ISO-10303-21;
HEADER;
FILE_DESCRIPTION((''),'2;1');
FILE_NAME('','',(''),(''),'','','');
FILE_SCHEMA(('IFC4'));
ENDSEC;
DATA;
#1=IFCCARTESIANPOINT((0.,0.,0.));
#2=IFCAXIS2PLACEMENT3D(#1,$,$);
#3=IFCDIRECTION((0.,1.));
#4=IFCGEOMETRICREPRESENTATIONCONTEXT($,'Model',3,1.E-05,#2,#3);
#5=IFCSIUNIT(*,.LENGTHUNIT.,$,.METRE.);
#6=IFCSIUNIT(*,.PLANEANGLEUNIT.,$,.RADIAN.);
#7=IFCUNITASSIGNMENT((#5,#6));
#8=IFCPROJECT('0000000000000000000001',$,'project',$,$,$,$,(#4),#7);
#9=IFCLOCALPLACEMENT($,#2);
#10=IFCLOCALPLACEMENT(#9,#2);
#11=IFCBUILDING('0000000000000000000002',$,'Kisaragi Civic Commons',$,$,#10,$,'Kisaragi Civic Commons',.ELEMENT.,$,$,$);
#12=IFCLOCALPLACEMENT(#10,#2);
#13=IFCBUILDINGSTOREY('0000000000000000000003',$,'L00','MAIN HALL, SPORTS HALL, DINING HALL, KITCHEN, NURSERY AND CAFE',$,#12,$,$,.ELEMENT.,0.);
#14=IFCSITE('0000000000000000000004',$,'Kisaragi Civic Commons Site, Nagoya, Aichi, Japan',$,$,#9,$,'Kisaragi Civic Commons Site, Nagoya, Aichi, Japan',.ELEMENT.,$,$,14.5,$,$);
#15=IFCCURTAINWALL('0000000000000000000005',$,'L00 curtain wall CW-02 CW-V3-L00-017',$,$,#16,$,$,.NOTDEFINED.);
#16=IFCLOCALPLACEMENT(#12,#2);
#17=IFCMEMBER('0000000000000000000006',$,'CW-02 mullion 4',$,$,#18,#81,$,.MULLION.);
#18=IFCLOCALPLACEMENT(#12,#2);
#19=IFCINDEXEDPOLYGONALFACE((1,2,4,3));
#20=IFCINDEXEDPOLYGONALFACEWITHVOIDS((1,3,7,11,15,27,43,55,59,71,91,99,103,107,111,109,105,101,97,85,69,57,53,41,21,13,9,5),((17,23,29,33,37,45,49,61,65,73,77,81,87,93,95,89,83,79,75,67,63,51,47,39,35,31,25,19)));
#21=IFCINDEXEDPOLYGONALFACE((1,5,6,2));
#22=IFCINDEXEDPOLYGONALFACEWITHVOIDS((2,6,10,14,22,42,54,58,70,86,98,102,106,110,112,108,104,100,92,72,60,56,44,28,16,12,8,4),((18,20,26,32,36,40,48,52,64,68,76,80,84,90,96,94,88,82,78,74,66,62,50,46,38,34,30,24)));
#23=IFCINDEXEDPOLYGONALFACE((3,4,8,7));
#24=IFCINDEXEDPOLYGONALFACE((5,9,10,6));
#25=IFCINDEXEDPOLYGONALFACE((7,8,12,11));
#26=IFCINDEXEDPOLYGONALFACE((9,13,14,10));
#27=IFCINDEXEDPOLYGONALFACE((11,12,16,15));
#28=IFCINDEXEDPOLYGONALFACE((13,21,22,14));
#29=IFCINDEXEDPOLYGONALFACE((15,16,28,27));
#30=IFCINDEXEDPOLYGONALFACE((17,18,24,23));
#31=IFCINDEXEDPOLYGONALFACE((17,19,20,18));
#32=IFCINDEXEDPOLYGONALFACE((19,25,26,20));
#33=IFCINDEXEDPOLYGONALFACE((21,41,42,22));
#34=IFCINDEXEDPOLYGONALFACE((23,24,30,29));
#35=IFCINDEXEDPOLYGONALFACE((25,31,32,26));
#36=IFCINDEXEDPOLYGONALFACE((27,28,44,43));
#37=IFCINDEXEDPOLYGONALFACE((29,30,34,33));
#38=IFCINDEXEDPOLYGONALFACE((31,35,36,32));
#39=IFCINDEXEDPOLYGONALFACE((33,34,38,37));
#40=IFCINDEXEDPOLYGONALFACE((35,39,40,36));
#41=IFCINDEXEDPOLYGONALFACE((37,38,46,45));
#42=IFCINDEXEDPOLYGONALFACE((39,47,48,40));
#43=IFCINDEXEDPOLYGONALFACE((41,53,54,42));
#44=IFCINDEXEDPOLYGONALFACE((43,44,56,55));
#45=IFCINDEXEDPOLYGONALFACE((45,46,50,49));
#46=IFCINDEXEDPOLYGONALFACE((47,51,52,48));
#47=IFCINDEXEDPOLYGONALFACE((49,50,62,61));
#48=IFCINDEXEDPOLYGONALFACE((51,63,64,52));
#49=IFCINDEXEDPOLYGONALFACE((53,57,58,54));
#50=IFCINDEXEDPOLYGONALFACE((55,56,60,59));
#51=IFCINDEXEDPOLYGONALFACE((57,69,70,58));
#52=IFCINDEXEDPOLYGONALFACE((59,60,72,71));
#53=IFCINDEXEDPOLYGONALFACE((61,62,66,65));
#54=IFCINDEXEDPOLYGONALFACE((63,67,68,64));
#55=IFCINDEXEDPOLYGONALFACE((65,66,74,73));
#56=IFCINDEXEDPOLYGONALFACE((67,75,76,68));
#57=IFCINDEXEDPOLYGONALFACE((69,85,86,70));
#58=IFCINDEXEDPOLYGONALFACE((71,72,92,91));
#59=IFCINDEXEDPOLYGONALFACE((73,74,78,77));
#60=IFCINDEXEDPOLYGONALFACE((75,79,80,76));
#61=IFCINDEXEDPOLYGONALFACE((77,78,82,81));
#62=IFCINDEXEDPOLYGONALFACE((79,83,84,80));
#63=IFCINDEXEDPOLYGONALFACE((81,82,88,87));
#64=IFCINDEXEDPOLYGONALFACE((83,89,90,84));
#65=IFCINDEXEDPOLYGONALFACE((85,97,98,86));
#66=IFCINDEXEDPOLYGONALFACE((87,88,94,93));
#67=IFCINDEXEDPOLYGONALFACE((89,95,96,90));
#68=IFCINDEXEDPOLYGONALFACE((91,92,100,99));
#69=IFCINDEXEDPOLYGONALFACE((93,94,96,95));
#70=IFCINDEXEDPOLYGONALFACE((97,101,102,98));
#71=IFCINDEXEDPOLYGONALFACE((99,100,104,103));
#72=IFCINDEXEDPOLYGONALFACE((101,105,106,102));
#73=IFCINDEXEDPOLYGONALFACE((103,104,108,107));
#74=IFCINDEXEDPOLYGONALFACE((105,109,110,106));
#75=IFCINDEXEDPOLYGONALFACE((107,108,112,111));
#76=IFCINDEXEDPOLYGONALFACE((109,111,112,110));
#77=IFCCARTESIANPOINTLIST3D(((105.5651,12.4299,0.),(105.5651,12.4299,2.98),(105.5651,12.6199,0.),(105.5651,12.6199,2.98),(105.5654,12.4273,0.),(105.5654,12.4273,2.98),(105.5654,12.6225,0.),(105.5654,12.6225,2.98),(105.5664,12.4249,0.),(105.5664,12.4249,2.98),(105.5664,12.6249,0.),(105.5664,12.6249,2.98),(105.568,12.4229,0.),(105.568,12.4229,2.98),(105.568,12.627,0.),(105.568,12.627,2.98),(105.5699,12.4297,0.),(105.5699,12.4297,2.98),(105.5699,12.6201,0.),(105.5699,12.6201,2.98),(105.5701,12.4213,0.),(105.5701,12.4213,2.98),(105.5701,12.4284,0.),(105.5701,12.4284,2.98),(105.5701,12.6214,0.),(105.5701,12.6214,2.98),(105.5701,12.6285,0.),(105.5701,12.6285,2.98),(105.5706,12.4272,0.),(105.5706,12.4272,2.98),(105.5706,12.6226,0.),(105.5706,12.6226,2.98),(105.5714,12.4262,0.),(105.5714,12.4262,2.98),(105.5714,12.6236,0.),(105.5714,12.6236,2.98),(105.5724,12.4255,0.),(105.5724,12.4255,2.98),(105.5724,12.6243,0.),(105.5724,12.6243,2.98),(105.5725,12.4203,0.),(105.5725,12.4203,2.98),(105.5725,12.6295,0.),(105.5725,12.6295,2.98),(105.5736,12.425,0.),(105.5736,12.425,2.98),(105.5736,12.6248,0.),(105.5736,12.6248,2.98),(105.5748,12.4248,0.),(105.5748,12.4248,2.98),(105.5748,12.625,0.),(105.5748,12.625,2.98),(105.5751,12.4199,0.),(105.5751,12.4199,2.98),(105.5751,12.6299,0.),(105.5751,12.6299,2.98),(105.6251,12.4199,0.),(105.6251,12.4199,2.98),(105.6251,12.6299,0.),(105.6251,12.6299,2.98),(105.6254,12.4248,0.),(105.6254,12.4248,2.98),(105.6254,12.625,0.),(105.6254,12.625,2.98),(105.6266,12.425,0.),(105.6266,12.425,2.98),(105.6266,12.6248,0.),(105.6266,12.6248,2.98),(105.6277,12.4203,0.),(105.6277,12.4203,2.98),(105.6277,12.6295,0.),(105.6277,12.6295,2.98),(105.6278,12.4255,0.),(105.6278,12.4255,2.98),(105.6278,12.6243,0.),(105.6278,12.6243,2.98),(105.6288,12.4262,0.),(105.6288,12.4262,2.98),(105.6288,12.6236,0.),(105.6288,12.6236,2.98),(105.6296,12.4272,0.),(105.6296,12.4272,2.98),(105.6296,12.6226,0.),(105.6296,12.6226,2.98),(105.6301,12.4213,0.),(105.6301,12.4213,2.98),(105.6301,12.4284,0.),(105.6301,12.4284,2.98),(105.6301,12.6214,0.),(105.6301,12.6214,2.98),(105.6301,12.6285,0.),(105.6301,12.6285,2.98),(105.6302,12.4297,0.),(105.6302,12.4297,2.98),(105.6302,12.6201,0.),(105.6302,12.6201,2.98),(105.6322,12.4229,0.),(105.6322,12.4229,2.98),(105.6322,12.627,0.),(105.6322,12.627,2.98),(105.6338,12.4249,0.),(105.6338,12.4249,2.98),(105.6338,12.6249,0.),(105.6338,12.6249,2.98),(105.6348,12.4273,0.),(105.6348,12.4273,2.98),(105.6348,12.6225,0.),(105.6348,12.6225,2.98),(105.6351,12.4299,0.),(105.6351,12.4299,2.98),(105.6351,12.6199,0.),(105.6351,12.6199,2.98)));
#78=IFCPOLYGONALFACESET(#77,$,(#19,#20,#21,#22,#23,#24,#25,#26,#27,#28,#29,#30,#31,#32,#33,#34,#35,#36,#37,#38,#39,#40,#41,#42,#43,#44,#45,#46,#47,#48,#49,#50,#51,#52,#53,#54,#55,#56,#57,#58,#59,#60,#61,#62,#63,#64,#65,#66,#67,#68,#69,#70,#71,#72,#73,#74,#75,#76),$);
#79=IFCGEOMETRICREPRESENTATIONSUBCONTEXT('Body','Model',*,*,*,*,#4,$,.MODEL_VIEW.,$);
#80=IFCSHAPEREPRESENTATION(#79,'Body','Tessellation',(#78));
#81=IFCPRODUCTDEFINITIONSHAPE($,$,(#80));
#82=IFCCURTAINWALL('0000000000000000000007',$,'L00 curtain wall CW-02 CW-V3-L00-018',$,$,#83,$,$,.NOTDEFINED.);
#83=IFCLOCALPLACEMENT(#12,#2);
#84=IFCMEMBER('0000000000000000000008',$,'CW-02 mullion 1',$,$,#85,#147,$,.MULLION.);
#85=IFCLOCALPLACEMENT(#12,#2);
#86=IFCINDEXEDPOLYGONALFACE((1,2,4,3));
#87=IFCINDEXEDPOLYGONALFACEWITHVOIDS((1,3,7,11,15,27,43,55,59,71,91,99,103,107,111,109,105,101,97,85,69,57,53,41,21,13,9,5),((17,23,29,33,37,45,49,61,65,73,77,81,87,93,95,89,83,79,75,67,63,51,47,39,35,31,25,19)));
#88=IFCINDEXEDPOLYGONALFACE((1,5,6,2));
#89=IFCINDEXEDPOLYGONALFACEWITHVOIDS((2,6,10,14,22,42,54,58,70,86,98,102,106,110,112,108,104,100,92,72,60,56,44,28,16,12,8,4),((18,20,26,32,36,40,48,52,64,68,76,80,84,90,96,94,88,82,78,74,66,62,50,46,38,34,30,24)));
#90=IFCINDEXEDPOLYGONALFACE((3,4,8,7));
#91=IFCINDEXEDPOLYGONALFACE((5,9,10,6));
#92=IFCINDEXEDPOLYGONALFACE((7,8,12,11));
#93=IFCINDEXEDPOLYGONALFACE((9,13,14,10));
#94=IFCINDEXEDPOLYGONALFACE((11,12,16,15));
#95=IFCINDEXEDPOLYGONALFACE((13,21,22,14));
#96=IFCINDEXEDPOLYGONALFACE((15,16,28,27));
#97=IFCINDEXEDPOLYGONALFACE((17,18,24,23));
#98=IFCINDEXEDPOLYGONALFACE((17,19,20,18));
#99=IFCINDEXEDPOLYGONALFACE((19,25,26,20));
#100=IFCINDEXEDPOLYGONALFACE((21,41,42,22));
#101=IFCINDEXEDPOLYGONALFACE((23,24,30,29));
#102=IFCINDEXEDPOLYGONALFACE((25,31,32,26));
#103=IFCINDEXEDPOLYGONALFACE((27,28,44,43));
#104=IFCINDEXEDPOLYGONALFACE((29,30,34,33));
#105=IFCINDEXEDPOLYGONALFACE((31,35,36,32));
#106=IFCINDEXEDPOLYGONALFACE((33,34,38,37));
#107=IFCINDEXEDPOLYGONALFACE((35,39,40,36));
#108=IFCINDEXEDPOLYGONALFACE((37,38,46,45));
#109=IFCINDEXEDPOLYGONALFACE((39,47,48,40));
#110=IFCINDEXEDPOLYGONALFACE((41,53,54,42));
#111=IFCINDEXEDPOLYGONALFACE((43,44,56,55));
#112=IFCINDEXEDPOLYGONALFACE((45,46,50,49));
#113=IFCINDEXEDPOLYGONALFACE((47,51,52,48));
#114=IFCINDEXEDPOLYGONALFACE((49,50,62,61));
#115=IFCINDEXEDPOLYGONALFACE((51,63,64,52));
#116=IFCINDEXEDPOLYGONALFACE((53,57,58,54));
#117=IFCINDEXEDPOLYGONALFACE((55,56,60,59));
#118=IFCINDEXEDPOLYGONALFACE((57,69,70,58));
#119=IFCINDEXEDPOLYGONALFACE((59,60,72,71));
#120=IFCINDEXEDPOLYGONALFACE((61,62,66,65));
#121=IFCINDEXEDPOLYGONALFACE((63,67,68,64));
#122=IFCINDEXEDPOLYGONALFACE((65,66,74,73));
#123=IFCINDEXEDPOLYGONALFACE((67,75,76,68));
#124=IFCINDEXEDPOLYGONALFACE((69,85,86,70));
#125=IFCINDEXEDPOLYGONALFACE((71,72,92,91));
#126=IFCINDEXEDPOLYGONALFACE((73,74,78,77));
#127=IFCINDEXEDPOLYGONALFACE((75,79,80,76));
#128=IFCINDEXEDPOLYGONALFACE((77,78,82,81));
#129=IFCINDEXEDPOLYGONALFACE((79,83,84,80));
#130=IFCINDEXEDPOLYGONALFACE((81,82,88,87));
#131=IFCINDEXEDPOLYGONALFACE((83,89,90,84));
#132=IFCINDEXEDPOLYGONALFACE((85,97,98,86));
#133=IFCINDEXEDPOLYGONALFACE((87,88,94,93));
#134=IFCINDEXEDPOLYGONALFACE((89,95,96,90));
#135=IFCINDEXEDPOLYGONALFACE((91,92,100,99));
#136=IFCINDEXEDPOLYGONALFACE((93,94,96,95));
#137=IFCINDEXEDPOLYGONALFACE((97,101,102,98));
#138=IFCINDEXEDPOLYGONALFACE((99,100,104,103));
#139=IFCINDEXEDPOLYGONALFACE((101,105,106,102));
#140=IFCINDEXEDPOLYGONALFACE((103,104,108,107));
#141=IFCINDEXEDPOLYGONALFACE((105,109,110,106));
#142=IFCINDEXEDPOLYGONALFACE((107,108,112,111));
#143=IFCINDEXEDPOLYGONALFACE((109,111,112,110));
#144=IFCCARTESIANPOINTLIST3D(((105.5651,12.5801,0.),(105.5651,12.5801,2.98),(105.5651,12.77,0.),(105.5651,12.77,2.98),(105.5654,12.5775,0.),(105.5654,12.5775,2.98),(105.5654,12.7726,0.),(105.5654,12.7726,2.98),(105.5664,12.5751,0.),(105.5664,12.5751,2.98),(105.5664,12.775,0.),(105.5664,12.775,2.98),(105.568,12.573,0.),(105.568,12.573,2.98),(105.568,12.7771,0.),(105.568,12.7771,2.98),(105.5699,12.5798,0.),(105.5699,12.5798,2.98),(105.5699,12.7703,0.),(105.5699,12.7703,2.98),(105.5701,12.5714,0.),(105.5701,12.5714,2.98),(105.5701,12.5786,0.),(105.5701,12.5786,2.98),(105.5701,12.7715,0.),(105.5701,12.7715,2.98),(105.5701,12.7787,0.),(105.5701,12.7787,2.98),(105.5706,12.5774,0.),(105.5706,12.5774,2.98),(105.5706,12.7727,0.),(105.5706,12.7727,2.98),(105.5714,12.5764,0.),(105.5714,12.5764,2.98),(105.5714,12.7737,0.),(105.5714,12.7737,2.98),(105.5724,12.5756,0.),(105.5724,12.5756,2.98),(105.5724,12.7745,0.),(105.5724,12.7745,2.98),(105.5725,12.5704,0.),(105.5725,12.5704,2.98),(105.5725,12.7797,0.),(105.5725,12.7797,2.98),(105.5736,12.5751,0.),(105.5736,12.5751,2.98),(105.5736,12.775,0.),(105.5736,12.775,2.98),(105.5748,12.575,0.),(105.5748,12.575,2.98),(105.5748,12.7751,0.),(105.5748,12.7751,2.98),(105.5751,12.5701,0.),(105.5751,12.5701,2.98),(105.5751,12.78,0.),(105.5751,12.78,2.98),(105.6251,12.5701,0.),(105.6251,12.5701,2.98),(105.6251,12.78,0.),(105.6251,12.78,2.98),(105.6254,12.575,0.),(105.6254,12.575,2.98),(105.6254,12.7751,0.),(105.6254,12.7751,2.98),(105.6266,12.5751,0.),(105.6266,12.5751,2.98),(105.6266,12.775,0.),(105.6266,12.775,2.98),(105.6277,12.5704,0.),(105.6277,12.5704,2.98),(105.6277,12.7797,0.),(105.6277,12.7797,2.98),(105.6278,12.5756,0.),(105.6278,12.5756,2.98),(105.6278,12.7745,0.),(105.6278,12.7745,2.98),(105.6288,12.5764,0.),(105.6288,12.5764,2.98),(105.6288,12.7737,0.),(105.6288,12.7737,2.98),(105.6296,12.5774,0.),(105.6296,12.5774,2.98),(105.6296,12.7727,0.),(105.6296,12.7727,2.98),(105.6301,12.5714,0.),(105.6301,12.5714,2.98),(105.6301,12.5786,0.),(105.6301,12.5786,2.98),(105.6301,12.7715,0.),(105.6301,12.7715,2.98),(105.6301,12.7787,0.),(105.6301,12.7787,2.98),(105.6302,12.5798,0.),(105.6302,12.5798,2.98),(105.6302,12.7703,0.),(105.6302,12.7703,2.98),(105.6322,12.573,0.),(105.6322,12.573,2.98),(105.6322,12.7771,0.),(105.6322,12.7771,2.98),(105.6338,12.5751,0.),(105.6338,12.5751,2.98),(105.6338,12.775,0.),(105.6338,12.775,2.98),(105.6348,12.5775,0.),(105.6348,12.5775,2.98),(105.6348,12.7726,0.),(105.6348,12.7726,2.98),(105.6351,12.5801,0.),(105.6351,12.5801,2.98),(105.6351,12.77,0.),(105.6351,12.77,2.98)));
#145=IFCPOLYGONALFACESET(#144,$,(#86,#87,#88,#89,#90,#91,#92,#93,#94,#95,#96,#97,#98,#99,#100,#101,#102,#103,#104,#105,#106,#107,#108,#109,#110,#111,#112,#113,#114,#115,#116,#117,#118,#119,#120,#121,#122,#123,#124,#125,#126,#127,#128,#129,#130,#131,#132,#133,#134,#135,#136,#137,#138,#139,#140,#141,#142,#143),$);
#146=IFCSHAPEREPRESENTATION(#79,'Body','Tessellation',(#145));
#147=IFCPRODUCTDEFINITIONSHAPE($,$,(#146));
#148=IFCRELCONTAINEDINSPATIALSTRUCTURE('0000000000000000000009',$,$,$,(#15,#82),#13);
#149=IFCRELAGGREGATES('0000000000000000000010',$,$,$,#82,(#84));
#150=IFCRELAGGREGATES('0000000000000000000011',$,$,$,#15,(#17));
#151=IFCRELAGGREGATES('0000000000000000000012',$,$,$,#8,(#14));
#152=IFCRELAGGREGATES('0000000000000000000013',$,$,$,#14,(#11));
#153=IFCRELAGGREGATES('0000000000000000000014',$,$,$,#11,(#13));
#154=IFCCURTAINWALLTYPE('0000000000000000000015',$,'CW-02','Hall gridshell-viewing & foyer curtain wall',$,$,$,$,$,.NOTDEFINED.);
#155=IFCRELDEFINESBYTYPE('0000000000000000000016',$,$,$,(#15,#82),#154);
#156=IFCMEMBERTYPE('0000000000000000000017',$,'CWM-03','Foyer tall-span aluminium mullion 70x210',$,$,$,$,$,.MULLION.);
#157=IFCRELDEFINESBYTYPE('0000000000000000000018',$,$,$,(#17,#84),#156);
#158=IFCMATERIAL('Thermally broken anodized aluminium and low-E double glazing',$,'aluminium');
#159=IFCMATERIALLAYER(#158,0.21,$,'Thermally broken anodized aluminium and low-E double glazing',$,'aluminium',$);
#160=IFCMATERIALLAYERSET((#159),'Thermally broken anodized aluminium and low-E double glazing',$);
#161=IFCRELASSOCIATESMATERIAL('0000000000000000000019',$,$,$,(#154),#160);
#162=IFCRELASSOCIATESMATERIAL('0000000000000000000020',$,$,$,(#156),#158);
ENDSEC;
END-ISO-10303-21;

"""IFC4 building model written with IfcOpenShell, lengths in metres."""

from ifc_helpers import new_model, si_unit, direction, frame, origin, origin_2d, place, context, subcontext, project, spatial, hollow_rectangle, extrude, material, layer, layer_set, material_profile, profile_set, type_object, element, aggregate, save


model = new_model("IFC4")

# Units and contexts
model_context = context("Model", 3, precision=1e-05, world=origin(), true_north=direction((0.0, 1.0)))
body_context = subcontext(model_context, "Body", "Model", "MODEL_VIEW")
ifc_project = project(units=[si_unit("LENGTHUNIT", "METRE"), si_unit("PLANEANGLEUNIT", "RADIAN")], contexts=[model_context])

# Site, building, storey
site_placement = place(None, origin())
site = spatial("IfcSite", under=ifc_project, at=site_placement, Name="Kisaragi Civic Commons Site, Nagoya, Aichi, Japan", LongName="Kisaragi Civic Commons Site, Nagoya, Aichi, Japan", CompositionType="ELEMENT", RefElevation=14.5)
building_placement = place(site_placement, origin())
building = spatial("IfcBuilding", under=site, at=building_placement, Name="Kisaragi Civic Commons", LongName="Kisaragi Civic Commons", CompositionType="ELEMENT")
storey_placement = place(building_placement, origin())
storey = spatial("IfcBuildingStorey", under=building, at=storey_placement, Name="L00", Description="MAIN HALL, SPORTS HALL, DINING HALL, KITCHEN, NURSERY AND CAFE", CompositionType="ELEMENT", Elevation=0.0)

# Curtain wall, member
ifc_material_1 = material(Name="Thermally broken anodized aluminium and low-E double glazing", Category="aluminium")
ifc_layer_1 = layer(ifc_material_1, 0.21, Name="Thermally broken anodized aluminium and low-E double glazing", Category="aluminium")
ifc_layer_set_1 = layer_set([ifc_layer_1], Name="Thermally broken anodized aluminium and low-E double glazing")
curtain_wall_type = type_object("IfcCurtainWallType", Name="CW-02", Description="Hall gridshell-viewing & foyer curtain wall", PredefinedType="NOTDEFINED", material=ifc_layer_set_1)
curtain_wall_1_placement = place(storey_placement, origin())
curtain_wall_1 = element("IfcCurtainWall", 1, at=curtain_wall_1_placement, inside=storey, type_object=curtain_wall_type, Name="L00 curtain wall CW-02 CW-V3-L00-017", PredefinedType="NOTDEFINED")
ifc_material_profile_1 = material_profile(ifc_material_1, hollow_rectangle(XDim=0.0701, YDim=0.21, WallThickness=0.0049, InnerFilletRadius=0.0049, OuterFilletRadius=0.01, at=origin_2d()), Name="CWM-70x210x5", Category="aluminium")
ifc_profile_set_1 = profile_set([ifc_material_profile_1], Name="Thermally broken anodized aluminium and low-E double glazing")
member_type_1 = type_object("IfcMemberType", Name="CWM-03", Description="Foyer tall-span aluminium mullion 70x210", PredefinedType="MULLION", material=ifc_profile_set_1)
member_1_placement = place(storey_placement, frame((105.6001, 12.5249, 0.0), z_axis=(0.0, 0.0, 1.0), x_axis=(-1.0, 0.0, 0.0)))
member_1 = element("IfcMember", 2, at=member_1_placement, type_object=member_type_1, Name="CW-02 mullion 4", PredefinedType="MULLION", context=body_context, shape_type="SweptSolid", body=[
    extrude(hollow_rectangle(XDim=0.0701, YDim=0.21, WallThickness=0.0049, InnerFilletRadius=0.0049, OuterFilletRadius=0.01, at=origin_2d()), origin(), (0.0, 0.0, 1.0), 2.98),
])

# Curtain wall, member
curtain_wall_2_placement = place(storey_placement, origin())
curtain_wall_2 = element("IfcCurtainWall", 3, at=curtain_wall_2_placement, inside=storey, type_object=curtain_wall_type, Name="L00 curtain wall CW-02 CW-V3-L00-018", PredefinedType="NOTDEFINED")
member_2_placement = place(storey_placement, frame((105.6001, 12.675, 0.0), z_axis=(0.0, 0.0, 1.0), x_axis=(-1.0, 0.0, 0.0)))
member_2 = element("IfcMember", 4, at=member_2_placement, type_object=member_type_1, Name="CW-02 mullion 1", PredefinedType="MULLION", context=body_context, shape_type="SweptSolid", body=[
    extrude(hollow_rectangle(XDim=0.0701, YDim=0.21, WallThickness=0.0049, InnerFilletRadius=0.0049, OuterFilletRadius=0.01, at=origin_2d()), origin(), (0.0, 0.0, 1.0), 2.98),
])

aggregate(curtain_wall_2, [member_2])

aggregate(curtain_wall_1, [member_1])

save(model, "model.ifc")
